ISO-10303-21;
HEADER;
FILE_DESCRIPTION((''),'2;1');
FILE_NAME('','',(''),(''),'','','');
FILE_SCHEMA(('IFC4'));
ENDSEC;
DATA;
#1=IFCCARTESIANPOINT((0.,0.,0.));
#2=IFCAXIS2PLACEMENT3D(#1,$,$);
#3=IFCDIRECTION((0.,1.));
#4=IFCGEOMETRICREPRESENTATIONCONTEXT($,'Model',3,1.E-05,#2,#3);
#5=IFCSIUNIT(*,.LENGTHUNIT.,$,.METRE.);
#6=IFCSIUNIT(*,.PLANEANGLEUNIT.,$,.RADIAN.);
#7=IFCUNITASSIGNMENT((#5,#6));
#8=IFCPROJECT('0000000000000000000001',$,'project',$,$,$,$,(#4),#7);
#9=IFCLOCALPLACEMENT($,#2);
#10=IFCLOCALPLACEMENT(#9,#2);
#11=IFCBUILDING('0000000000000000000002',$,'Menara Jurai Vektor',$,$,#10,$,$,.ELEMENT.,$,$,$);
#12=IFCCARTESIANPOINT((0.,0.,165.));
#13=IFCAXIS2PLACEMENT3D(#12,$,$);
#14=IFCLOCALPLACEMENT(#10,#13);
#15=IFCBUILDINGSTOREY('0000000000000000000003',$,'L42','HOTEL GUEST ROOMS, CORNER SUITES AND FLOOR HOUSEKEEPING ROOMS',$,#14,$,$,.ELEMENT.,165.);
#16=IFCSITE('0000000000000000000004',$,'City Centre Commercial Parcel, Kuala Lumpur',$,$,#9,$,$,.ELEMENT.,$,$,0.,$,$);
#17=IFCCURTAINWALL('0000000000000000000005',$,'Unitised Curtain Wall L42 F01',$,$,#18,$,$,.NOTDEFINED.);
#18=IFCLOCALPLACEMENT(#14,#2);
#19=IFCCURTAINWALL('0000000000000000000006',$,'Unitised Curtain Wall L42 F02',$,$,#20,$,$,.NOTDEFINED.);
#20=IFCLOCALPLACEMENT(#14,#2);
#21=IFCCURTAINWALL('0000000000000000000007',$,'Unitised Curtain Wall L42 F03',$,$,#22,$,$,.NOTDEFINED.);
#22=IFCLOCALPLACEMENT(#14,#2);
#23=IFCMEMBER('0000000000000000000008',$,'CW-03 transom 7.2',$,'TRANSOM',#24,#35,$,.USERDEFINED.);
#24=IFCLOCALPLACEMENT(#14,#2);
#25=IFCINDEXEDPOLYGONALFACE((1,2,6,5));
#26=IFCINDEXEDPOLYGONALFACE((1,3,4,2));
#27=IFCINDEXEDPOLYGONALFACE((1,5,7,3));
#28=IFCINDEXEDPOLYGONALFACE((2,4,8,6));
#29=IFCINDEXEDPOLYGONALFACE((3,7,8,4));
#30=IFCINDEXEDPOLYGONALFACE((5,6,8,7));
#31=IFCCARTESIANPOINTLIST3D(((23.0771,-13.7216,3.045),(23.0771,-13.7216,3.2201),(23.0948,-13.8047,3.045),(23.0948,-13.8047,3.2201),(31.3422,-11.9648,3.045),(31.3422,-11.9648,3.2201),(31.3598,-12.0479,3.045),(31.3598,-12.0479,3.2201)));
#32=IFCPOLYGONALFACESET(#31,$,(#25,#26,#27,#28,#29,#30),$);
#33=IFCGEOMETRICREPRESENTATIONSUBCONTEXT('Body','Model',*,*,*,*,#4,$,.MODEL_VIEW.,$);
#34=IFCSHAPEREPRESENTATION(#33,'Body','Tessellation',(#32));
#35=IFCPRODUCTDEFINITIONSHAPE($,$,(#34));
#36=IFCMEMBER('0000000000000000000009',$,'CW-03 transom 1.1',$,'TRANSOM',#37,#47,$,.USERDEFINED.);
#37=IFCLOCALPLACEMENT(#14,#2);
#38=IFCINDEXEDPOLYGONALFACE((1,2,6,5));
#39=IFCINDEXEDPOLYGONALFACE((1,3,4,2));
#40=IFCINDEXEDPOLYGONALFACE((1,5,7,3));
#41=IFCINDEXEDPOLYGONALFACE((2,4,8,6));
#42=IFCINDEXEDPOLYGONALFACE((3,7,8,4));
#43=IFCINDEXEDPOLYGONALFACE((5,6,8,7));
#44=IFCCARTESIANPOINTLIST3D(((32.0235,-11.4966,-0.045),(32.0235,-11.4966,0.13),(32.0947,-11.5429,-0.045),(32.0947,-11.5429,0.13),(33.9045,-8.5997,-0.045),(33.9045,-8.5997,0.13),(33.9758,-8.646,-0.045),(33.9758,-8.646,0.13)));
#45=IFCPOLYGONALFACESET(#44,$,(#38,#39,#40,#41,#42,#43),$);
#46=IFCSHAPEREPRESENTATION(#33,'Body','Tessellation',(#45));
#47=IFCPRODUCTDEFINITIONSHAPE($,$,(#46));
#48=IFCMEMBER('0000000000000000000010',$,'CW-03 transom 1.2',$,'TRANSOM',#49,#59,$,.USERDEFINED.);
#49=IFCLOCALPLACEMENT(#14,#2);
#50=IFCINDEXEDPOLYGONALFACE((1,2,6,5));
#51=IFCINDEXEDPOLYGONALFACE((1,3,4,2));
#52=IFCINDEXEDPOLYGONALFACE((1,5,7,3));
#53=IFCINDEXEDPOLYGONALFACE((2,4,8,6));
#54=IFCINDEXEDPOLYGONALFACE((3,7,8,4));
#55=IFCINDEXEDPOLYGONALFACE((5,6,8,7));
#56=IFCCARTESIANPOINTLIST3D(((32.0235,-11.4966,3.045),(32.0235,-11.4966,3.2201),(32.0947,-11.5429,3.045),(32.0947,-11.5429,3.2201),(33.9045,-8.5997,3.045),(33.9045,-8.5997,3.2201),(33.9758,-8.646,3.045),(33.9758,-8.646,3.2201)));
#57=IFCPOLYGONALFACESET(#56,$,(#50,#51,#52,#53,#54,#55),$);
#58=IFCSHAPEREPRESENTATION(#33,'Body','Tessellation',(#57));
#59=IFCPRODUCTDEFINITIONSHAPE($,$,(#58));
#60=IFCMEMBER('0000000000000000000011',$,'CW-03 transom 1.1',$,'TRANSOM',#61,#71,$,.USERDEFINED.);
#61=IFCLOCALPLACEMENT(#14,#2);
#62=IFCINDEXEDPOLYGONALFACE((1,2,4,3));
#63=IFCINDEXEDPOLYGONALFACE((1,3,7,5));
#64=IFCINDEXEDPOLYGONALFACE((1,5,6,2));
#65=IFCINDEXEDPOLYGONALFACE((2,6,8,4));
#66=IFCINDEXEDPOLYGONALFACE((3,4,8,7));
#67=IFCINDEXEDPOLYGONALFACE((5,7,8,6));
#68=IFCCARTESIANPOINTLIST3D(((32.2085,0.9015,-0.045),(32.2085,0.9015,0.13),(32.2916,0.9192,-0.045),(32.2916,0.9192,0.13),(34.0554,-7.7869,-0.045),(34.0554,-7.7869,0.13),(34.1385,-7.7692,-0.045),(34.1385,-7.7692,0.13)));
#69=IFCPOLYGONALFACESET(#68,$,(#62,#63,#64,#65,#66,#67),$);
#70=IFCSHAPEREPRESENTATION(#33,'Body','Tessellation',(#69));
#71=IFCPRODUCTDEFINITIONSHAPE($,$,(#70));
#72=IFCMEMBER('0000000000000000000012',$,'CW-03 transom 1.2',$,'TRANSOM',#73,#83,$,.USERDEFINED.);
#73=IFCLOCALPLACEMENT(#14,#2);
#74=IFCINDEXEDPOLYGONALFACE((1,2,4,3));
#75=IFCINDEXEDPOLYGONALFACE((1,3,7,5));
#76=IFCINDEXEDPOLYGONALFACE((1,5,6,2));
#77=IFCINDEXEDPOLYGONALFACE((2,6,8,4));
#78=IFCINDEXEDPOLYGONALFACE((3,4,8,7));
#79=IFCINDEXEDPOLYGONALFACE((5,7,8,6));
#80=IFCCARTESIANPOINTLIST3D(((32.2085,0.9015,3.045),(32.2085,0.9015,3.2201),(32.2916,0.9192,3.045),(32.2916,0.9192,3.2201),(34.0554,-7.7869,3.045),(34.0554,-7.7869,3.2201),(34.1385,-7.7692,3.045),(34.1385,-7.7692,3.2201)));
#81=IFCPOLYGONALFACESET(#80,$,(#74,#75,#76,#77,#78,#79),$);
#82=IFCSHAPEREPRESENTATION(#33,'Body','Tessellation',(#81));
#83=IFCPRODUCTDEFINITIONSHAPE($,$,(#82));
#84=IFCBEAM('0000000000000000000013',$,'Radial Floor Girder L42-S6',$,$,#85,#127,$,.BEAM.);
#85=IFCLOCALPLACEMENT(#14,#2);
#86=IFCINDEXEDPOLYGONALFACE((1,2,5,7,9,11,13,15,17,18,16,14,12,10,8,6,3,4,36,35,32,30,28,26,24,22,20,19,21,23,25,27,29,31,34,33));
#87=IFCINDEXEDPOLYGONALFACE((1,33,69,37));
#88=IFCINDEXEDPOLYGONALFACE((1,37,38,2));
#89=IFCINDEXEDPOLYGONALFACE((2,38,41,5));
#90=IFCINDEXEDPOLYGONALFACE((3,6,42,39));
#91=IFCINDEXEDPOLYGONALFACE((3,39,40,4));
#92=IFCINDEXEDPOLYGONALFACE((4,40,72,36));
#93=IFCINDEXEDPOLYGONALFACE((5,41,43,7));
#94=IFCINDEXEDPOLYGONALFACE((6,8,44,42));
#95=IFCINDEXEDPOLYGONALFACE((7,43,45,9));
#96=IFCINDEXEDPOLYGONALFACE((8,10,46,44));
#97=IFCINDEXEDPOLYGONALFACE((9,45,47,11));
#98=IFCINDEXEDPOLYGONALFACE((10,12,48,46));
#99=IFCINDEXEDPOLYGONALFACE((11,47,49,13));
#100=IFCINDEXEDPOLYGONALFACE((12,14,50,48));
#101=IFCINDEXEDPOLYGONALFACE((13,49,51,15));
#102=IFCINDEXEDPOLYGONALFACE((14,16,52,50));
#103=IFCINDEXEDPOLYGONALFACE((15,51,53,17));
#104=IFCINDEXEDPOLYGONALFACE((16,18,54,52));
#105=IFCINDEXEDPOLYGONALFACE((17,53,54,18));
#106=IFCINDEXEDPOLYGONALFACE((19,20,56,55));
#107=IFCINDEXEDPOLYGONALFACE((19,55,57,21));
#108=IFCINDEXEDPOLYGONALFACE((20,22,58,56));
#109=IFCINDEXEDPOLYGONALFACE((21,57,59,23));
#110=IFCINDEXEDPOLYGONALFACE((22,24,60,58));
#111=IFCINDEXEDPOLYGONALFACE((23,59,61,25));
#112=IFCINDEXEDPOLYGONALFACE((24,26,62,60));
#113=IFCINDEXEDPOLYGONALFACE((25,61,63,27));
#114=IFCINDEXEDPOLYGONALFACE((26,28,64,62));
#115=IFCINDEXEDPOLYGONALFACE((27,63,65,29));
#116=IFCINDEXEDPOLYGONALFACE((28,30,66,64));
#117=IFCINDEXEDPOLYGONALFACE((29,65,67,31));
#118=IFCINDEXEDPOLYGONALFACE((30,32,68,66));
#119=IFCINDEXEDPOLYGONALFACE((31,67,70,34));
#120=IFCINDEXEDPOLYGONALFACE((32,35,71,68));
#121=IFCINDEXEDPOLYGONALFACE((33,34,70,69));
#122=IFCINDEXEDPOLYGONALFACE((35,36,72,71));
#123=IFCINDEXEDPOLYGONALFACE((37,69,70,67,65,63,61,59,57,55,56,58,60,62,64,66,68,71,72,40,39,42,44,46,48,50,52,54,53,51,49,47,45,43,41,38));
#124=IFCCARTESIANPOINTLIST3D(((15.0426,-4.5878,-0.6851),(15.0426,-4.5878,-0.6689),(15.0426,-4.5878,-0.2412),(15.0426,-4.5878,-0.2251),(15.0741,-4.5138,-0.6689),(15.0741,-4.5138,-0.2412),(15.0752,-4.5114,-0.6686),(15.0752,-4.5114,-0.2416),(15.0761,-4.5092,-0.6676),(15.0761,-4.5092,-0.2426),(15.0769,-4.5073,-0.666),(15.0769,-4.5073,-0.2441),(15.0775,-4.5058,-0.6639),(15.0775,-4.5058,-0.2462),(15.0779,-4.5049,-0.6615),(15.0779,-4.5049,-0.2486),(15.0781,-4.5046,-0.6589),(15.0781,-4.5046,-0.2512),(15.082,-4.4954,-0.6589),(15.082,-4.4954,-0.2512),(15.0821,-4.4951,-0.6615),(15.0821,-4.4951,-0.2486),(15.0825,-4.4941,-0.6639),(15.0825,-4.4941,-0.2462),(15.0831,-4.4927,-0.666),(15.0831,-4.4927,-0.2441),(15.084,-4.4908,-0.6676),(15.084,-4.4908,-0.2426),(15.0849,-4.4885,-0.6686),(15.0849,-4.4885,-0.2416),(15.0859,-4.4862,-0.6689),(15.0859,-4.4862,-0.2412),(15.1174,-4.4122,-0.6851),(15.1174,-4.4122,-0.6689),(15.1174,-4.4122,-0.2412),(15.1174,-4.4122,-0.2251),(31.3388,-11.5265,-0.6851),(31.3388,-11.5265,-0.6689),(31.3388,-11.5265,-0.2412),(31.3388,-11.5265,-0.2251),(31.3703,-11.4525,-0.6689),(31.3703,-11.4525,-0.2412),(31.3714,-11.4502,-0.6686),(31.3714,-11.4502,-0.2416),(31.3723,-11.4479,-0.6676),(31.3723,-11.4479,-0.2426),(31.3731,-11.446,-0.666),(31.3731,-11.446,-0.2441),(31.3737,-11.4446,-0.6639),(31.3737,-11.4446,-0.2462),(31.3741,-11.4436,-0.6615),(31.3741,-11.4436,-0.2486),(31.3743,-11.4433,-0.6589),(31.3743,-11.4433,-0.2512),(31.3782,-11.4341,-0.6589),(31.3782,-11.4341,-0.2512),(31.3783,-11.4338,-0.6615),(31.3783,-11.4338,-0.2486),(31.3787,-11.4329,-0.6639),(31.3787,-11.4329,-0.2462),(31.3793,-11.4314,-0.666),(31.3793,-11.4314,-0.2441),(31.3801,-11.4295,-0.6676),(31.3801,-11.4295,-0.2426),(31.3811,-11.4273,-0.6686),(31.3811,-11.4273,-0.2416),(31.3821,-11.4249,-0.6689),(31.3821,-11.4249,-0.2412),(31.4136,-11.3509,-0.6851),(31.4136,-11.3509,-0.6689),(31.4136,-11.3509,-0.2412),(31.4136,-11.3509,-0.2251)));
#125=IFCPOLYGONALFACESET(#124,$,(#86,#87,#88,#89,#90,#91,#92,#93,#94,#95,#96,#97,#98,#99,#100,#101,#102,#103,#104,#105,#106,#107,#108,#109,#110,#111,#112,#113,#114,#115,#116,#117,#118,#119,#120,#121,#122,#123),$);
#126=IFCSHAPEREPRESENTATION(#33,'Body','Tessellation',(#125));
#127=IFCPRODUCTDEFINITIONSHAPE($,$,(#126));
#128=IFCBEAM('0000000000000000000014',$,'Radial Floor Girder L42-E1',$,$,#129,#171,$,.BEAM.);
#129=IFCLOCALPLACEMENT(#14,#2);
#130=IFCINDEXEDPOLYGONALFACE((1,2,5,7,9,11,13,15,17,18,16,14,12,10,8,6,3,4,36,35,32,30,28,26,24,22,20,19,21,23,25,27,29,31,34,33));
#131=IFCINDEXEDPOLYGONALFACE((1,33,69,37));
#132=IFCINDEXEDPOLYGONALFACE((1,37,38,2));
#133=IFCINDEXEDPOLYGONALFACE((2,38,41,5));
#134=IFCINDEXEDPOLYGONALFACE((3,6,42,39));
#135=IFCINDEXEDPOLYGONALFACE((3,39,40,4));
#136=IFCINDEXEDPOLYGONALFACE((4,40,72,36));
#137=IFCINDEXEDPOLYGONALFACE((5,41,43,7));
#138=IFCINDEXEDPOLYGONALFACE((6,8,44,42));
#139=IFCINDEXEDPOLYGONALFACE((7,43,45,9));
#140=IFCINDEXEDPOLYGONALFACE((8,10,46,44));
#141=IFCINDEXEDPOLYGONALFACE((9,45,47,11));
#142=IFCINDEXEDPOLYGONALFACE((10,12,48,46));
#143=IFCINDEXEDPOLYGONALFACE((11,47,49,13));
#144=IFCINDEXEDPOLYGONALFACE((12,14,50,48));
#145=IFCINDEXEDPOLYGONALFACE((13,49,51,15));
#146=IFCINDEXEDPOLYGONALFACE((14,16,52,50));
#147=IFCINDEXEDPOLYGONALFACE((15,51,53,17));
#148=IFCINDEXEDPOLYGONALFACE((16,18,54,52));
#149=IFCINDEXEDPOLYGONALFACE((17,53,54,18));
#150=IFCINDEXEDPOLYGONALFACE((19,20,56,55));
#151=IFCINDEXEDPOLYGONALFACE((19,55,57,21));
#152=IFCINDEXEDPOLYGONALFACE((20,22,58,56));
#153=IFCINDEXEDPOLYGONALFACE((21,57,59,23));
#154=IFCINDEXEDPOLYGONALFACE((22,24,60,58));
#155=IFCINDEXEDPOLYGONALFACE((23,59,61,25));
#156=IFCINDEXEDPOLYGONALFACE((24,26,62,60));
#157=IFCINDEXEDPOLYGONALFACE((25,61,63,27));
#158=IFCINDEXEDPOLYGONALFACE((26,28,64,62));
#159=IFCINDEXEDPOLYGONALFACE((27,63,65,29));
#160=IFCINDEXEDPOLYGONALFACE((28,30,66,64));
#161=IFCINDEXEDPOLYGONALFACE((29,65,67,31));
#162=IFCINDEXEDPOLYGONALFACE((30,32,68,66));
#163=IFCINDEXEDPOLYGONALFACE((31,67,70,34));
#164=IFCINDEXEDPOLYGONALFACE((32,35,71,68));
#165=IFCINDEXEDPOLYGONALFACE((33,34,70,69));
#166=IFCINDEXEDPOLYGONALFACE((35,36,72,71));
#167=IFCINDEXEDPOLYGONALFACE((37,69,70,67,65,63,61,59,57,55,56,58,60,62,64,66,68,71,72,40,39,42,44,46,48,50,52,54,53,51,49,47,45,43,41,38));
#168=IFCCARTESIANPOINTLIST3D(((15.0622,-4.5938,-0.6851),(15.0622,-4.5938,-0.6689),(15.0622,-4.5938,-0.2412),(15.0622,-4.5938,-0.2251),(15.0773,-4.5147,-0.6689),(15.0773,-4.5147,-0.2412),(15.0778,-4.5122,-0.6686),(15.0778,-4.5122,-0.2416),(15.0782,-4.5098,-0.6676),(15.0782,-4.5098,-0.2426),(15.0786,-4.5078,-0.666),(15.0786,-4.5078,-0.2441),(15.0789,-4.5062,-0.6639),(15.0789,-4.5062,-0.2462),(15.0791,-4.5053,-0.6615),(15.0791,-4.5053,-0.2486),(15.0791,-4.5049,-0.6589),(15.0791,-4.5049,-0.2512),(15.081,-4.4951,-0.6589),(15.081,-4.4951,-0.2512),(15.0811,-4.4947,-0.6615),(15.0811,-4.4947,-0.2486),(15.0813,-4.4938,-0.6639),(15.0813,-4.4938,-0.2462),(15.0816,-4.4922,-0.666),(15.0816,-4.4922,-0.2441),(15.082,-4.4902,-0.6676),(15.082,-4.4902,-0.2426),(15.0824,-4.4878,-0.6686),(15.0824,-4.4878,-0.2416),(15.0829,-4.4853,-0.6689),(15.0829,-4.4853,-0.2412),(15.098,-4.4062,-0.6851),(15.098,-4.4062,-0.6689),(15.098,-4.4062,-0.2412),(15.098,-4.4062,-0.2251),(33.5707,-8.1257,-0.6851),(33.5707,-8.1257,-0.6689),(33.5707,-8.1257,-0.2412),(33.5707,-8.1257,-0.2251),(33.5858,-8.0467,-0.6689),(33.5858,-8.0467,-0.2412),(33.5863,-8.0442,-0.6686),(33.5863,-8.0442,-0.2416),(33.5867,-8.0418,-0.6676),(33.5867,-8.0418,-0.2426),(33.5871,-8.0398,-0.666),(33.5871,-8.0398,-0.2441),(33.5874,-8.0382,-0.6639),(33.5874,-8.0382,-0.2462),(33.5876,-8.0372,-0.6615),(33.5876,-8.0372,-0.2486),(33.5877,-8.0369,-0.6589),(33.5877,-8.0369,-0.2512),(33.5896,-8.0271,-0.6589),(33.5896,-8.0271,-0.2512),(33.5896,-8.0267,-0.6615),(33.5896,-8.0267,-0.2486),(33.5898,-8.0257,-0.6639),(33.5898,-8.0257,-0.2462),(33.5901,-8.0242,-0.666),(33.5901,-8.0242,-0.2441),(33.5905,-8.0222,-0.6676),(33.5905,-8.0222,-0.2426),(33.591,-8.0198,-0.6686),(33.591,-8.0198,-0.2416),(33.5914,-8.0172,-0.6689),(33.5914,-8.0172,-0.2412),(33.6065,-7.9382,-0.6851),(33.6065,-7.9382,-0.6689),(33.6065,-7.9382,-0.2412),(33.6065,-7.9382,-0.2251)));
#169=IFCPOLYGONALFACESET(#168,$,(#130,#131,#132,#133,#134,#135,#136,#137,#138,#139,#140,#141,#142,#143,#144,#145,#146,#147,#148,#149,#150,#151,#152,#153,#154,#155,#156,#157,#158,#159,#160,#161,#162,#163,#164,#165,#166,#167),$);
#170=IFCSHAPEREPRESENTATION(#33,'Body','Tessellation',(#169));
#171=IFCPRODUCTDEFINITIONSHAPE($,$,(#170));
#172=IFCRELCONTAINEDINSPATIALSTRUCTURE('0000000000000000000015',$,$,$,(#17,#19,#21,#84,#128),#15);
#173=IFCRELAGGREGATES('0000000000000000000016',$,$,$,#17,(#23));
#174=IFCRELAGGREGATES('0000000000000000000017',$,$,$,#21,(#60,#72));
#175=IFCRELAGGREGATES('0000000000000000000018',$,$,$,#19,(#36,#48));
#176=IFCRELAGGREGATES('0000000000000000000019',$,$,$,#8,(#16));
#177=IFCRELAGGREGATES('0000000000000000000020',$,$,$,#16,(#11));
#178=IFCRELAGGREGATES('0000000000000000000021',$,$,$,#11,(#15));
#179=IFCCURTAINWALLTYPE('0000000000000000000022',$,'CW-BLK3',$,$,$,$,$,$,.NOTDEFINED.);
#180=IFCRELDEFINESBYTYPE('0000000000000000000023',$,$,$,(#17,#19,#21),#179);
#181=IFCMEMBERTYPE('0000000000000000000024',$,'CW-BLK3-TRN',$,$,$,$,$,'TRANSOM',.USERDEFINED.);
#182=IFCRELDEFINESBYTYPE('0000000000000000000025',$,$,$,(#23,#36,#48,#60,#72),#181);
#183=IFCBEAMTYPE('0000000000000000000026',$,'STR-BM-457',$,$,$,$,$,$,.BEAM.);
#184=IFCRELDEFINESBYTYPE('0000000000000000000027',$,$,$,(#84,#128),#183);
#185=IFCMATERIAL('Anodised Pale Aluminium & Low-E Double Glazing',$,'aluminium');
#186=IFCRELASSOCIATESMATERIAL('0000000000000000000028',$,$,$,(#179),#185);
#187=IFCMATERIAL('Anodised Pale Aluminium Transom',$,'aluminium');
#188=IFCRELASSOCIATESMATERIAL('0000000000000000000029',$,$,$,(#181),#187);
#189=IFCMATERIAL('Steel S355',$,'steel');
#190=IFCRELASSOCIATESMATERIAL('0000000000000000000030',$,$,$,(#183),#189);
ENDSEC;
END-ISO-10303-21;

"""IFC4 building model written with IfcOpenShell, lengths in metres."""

from ifc_helpers import new_model, si_unit, direction, frame, origin, origin_2d, place, context, subcontext, project, spatial, rectangle, i_section, extrude, material, material_profile, profile_set, type_object, element, aggregate, save


model = new_model("IFC4")

# Units and contexts
model_context = context("Model", 3, precision=1e-05, world=origin(), true_north=direction((0.0, 1.0)))
body_context = subcontext(model_context, "Body", "Model", "MODEL_VIEW")
ifc_project = project(units=[si_unit("LENGTHUNIT", "METRE"), si_unit("PLANEANGLEUNIT", "RADIAN")], contexts=[model_context])

# Site, building, storey
site_placement = place(None, origin())
site = spatial("IfcSite", under=ifc_project, at=site_placement, Name="City Centre Commercial Parcel, Kuala Lumpur", CompositionType="ELEMENT", RefElevation=0.0)
building_placement = place(site_placement, origin())
building = spatial("IfcBuilding", under=site, at=building_placement, Name="Menara Jurai Vektor", CompositionType="ELEMENT")
storey_placement = place(building_placement, frame((0.0, 0.0, 165.0)))
storey = spatial("IfcBuildingStorey", under=building, at=storey_placement, Name="L42", Description="HOTEL GUEST ROOMS, CORNER SUITES AND FLOOR HOUSEKEEPING ROOMS", CompositionType="ELEMENT", Elevation=165.0)

# Curtain walls
ifc_material_1 = material(Name="Anodised Pale Aluminium & Low-E Double Glazing", Category="aluminium")
curtain_wall_type = type_object("IfcCurtainWallType", Name="CW-BLK3", PredefinedType="NOTDEFINED", material=ifc_material_1)
curtain_wall_1_placement = place(storey_placement, origin())
curtain_wall_1 = element("IfcCurtainWall", 1, at=curtain_wall_1_placement, inside=storey, type_object=curtain_wall_type, Name="Unitised Curtain Wall L42 F01", PredefinedType="NOTDEFINED")
curtain_wall_2_placement = place(storey_placement, origin())
curtain_wall_2 = element("IfcCurtainWall", 2, at=curtain_wall_2_placement, inside=storey, type_object=curtain_wall_type, Name="Unitised Curtain Wall L42 F02", PredefinedType="NOTDEFINED")
curtain_wall_3_placement = place(storey_placement, origin())
curtain_wall_3 = element("IfcCurtainWall", 3, at=curtain_wall_3_placement, inside=storey, type_object=curtain_wall_type, Name="Unitised Curtain Wall L42 F03", PredefinedType="NOTDEFINED")

# Members
ifc_material_2 = material(Name="Anodised Pale Aluminium Transom", Category="aluminium")
ifc_material_profile_1 = material_profile(ifc_material_2, rectangle(XDim=0.085, YDim=0.175, at=origin_2d()), Name="ALU TRN 85x175")
ifc_profile_set_1 = profile_set([ifc_material_profile_1], Name="Anodised Pale Aluminium Transom")
member_type_1 = type_object("IfcMemberType", Name="CW-BLK3-TRN", ElementType="TRANSOM", PredefinedType="USERDEFINED", material=ifc_profile_set_1)
member_1_placement = place(storey_placement, frame((23.0859, -13.7632, 3.1326), z_axis=(0.978147, 0.207915, 0.0), x_axis=(-0.207915, 0.978147, 0.0)))
member_1 = element("IfcMember", 4, at=member_1_placement, type_object=member_type_1, Name="CW-03 transom 7.2", ObjectType="TRANSOM", PredefinedType="USERDEFINED", context=body_context, shape_type="SweptSolid", body=[
    extrude(rectangle(XDim=0.085, YDim=0.175, at=origin_2d()), origin(), (0.0, 0.0, 1.0), 8.4497),
])
member_2_placement = place(storey_placement, frame((32.0591, -11.5198, 0.0425), z_axis=(0.544596, 0.838699, 0.0), x_axis=(-0.838699, 0.544596, 0.0)))
member_2 = element("IfcMember", 5, at=member_2_placement, type_object=member_type_1, Name="CW-03 transom 1.1", ObjectType="TRANSOM", PredefinedType="USERDEFINED", context=body_context, shape_type="SweptSolid", body=[
    extrude(rectangle(XDim=0.085, YDim=0.175, at=origin_2d()), origin(), (0.0, 0.0, 1.0), 3.4541),
])
member_3_placement = place(storey_placement, frame((32.0591, -11.5198, 3.1326), z_axis=(0.544596, 0.838699, 0.0), x_axis=(-0.838699, 0.544596, 0.0)))
member_3 = element("IfcMember", 6, at=member_3_placement, type_object=member_type_1, Name="CW-03 transom 1.2", ObjectType="TRANSOM", PredefinedType="USERDEFINED", context=body_context, shape_type="SweptSolid", body=[
    extrude(rectangle(XDim=0.085, YDim=0.175, at=origin_2d()), origin(), (0.0, 0.0, 1.0), 3.4541),
])
member_4_placement = place(storey_placement, frame((34.0969, -7.7781, 0.0425), z_axis=(-0.207926, 0.978145, 0.0), x_axis=(-0.978145, -0.207926, 0.0)))
member_4 = element("IfcMember", 7, at=member_4_placement, type_object=member_type_1, Name="CW-03 transom 1.1", ObjectType="TRANSOM", PredefinedType="USERDEFINED", context=body_context, shape_type="SweptSolid", body=[
    extrude(rectangle(XDim=0.085, YDim=0.175, at=origin_2d()), origin(), (0.0, 0.0, 1.0), 8.8826),
])
member_5_placement = place(storey_placement, frame((34.0969, -7.7781, 3.1326), z_axis=(-0.207926, 0.978145, 0.0), x_axis=(-0.978145, -0.207926, 0.0)))
member_5 = element("IfcMember", 8, at=member_5_placement, type_object=member_type_1, Name="CW-03 transom 1.2", ObjectType="TRANSOM", PredefinedType="USERDEFINED", context=body_context, shape_type="SweptSolid", body=[
    extrude(rectangle(XDim=0.085, YDim=0.175, at=origin_2d()), origin(), (0.0, 0.0, 1.0), 8.8826),
])

# Beams
ifc_material_3 = material(Name="Steel S355", Category="steel")
ifc_material_profile_2 = material_profile(ifc_material_3, i_section(OverallWidth=0.1909, OverallDepth=0.46, WebThickness=0.01, FlangeThickness=0.0161, FilletRadius=0.01, at=origin_2d()), Name="UKB 457x191x82")
ifc_profile_set_2 = profile_set([ifc_material_profile_2], Name="Steel S355")
beam_type_1 = type_object("IfcBeamType", Name="STR-BM-457", PredefinedType="BEAM", material=ifc_profile_set_2)
beam_1_placement = place(storey_placement, frame((31.3762, -11.4387, -0.4551), z_axis=(-0.920069, 0.391756, 0.0), x_axis=(-0.391756, -0.920069, 0.0)))
element("IfcBeam", 9, at=beam_1_placement, inside=storey, type_object=beam_type_1, Name="Radial Floor Girder L42-S6", PredefinedType="BEAM", context=body_context, shape_type="SweptSolid", body=[
    extrude(i_section(OverallWidth=0.1909, OverallDepth=0.46, WebThickness=0.01, FlangeThickness=0.0161, FilletRadius=0.01, at=origin_2d()), origin(), (0.0, 0.0, 1.0), 17.7119),
])
beam_2_placement = place(storey_placement, frame((33.5886, -8.032, -0.4551), z_axis=(-0.982275, 0.187447, 0.0), x_axis=(-0.187447, -0.982275, 0.0)))
element("IfcBeam", 10, at=beam_2_placement, inside=storey, type_object=beam_type_1, Name="Radial Floor Girder L42-E1", PredefinedType="BEAM", context=body_context, shape_type="SweptSolid", body=[
    extrude(i_section(OverallWidth=0.1909, OverallDepth=0.46, WebThickness=0.01, FlangeThickness=0.0161, FilletRadius=0.01, at=origin_2d()), origin(), (0.0, 0.0, 1.0), 18.8425),
])

aggregate(curtain_wall_1, [member_1])
aggregate(curtain_wall_3, [member_4, member_5])
aggregate(curtain_wall_2, [member_2, member_3])

save(model, "model.ifc")
